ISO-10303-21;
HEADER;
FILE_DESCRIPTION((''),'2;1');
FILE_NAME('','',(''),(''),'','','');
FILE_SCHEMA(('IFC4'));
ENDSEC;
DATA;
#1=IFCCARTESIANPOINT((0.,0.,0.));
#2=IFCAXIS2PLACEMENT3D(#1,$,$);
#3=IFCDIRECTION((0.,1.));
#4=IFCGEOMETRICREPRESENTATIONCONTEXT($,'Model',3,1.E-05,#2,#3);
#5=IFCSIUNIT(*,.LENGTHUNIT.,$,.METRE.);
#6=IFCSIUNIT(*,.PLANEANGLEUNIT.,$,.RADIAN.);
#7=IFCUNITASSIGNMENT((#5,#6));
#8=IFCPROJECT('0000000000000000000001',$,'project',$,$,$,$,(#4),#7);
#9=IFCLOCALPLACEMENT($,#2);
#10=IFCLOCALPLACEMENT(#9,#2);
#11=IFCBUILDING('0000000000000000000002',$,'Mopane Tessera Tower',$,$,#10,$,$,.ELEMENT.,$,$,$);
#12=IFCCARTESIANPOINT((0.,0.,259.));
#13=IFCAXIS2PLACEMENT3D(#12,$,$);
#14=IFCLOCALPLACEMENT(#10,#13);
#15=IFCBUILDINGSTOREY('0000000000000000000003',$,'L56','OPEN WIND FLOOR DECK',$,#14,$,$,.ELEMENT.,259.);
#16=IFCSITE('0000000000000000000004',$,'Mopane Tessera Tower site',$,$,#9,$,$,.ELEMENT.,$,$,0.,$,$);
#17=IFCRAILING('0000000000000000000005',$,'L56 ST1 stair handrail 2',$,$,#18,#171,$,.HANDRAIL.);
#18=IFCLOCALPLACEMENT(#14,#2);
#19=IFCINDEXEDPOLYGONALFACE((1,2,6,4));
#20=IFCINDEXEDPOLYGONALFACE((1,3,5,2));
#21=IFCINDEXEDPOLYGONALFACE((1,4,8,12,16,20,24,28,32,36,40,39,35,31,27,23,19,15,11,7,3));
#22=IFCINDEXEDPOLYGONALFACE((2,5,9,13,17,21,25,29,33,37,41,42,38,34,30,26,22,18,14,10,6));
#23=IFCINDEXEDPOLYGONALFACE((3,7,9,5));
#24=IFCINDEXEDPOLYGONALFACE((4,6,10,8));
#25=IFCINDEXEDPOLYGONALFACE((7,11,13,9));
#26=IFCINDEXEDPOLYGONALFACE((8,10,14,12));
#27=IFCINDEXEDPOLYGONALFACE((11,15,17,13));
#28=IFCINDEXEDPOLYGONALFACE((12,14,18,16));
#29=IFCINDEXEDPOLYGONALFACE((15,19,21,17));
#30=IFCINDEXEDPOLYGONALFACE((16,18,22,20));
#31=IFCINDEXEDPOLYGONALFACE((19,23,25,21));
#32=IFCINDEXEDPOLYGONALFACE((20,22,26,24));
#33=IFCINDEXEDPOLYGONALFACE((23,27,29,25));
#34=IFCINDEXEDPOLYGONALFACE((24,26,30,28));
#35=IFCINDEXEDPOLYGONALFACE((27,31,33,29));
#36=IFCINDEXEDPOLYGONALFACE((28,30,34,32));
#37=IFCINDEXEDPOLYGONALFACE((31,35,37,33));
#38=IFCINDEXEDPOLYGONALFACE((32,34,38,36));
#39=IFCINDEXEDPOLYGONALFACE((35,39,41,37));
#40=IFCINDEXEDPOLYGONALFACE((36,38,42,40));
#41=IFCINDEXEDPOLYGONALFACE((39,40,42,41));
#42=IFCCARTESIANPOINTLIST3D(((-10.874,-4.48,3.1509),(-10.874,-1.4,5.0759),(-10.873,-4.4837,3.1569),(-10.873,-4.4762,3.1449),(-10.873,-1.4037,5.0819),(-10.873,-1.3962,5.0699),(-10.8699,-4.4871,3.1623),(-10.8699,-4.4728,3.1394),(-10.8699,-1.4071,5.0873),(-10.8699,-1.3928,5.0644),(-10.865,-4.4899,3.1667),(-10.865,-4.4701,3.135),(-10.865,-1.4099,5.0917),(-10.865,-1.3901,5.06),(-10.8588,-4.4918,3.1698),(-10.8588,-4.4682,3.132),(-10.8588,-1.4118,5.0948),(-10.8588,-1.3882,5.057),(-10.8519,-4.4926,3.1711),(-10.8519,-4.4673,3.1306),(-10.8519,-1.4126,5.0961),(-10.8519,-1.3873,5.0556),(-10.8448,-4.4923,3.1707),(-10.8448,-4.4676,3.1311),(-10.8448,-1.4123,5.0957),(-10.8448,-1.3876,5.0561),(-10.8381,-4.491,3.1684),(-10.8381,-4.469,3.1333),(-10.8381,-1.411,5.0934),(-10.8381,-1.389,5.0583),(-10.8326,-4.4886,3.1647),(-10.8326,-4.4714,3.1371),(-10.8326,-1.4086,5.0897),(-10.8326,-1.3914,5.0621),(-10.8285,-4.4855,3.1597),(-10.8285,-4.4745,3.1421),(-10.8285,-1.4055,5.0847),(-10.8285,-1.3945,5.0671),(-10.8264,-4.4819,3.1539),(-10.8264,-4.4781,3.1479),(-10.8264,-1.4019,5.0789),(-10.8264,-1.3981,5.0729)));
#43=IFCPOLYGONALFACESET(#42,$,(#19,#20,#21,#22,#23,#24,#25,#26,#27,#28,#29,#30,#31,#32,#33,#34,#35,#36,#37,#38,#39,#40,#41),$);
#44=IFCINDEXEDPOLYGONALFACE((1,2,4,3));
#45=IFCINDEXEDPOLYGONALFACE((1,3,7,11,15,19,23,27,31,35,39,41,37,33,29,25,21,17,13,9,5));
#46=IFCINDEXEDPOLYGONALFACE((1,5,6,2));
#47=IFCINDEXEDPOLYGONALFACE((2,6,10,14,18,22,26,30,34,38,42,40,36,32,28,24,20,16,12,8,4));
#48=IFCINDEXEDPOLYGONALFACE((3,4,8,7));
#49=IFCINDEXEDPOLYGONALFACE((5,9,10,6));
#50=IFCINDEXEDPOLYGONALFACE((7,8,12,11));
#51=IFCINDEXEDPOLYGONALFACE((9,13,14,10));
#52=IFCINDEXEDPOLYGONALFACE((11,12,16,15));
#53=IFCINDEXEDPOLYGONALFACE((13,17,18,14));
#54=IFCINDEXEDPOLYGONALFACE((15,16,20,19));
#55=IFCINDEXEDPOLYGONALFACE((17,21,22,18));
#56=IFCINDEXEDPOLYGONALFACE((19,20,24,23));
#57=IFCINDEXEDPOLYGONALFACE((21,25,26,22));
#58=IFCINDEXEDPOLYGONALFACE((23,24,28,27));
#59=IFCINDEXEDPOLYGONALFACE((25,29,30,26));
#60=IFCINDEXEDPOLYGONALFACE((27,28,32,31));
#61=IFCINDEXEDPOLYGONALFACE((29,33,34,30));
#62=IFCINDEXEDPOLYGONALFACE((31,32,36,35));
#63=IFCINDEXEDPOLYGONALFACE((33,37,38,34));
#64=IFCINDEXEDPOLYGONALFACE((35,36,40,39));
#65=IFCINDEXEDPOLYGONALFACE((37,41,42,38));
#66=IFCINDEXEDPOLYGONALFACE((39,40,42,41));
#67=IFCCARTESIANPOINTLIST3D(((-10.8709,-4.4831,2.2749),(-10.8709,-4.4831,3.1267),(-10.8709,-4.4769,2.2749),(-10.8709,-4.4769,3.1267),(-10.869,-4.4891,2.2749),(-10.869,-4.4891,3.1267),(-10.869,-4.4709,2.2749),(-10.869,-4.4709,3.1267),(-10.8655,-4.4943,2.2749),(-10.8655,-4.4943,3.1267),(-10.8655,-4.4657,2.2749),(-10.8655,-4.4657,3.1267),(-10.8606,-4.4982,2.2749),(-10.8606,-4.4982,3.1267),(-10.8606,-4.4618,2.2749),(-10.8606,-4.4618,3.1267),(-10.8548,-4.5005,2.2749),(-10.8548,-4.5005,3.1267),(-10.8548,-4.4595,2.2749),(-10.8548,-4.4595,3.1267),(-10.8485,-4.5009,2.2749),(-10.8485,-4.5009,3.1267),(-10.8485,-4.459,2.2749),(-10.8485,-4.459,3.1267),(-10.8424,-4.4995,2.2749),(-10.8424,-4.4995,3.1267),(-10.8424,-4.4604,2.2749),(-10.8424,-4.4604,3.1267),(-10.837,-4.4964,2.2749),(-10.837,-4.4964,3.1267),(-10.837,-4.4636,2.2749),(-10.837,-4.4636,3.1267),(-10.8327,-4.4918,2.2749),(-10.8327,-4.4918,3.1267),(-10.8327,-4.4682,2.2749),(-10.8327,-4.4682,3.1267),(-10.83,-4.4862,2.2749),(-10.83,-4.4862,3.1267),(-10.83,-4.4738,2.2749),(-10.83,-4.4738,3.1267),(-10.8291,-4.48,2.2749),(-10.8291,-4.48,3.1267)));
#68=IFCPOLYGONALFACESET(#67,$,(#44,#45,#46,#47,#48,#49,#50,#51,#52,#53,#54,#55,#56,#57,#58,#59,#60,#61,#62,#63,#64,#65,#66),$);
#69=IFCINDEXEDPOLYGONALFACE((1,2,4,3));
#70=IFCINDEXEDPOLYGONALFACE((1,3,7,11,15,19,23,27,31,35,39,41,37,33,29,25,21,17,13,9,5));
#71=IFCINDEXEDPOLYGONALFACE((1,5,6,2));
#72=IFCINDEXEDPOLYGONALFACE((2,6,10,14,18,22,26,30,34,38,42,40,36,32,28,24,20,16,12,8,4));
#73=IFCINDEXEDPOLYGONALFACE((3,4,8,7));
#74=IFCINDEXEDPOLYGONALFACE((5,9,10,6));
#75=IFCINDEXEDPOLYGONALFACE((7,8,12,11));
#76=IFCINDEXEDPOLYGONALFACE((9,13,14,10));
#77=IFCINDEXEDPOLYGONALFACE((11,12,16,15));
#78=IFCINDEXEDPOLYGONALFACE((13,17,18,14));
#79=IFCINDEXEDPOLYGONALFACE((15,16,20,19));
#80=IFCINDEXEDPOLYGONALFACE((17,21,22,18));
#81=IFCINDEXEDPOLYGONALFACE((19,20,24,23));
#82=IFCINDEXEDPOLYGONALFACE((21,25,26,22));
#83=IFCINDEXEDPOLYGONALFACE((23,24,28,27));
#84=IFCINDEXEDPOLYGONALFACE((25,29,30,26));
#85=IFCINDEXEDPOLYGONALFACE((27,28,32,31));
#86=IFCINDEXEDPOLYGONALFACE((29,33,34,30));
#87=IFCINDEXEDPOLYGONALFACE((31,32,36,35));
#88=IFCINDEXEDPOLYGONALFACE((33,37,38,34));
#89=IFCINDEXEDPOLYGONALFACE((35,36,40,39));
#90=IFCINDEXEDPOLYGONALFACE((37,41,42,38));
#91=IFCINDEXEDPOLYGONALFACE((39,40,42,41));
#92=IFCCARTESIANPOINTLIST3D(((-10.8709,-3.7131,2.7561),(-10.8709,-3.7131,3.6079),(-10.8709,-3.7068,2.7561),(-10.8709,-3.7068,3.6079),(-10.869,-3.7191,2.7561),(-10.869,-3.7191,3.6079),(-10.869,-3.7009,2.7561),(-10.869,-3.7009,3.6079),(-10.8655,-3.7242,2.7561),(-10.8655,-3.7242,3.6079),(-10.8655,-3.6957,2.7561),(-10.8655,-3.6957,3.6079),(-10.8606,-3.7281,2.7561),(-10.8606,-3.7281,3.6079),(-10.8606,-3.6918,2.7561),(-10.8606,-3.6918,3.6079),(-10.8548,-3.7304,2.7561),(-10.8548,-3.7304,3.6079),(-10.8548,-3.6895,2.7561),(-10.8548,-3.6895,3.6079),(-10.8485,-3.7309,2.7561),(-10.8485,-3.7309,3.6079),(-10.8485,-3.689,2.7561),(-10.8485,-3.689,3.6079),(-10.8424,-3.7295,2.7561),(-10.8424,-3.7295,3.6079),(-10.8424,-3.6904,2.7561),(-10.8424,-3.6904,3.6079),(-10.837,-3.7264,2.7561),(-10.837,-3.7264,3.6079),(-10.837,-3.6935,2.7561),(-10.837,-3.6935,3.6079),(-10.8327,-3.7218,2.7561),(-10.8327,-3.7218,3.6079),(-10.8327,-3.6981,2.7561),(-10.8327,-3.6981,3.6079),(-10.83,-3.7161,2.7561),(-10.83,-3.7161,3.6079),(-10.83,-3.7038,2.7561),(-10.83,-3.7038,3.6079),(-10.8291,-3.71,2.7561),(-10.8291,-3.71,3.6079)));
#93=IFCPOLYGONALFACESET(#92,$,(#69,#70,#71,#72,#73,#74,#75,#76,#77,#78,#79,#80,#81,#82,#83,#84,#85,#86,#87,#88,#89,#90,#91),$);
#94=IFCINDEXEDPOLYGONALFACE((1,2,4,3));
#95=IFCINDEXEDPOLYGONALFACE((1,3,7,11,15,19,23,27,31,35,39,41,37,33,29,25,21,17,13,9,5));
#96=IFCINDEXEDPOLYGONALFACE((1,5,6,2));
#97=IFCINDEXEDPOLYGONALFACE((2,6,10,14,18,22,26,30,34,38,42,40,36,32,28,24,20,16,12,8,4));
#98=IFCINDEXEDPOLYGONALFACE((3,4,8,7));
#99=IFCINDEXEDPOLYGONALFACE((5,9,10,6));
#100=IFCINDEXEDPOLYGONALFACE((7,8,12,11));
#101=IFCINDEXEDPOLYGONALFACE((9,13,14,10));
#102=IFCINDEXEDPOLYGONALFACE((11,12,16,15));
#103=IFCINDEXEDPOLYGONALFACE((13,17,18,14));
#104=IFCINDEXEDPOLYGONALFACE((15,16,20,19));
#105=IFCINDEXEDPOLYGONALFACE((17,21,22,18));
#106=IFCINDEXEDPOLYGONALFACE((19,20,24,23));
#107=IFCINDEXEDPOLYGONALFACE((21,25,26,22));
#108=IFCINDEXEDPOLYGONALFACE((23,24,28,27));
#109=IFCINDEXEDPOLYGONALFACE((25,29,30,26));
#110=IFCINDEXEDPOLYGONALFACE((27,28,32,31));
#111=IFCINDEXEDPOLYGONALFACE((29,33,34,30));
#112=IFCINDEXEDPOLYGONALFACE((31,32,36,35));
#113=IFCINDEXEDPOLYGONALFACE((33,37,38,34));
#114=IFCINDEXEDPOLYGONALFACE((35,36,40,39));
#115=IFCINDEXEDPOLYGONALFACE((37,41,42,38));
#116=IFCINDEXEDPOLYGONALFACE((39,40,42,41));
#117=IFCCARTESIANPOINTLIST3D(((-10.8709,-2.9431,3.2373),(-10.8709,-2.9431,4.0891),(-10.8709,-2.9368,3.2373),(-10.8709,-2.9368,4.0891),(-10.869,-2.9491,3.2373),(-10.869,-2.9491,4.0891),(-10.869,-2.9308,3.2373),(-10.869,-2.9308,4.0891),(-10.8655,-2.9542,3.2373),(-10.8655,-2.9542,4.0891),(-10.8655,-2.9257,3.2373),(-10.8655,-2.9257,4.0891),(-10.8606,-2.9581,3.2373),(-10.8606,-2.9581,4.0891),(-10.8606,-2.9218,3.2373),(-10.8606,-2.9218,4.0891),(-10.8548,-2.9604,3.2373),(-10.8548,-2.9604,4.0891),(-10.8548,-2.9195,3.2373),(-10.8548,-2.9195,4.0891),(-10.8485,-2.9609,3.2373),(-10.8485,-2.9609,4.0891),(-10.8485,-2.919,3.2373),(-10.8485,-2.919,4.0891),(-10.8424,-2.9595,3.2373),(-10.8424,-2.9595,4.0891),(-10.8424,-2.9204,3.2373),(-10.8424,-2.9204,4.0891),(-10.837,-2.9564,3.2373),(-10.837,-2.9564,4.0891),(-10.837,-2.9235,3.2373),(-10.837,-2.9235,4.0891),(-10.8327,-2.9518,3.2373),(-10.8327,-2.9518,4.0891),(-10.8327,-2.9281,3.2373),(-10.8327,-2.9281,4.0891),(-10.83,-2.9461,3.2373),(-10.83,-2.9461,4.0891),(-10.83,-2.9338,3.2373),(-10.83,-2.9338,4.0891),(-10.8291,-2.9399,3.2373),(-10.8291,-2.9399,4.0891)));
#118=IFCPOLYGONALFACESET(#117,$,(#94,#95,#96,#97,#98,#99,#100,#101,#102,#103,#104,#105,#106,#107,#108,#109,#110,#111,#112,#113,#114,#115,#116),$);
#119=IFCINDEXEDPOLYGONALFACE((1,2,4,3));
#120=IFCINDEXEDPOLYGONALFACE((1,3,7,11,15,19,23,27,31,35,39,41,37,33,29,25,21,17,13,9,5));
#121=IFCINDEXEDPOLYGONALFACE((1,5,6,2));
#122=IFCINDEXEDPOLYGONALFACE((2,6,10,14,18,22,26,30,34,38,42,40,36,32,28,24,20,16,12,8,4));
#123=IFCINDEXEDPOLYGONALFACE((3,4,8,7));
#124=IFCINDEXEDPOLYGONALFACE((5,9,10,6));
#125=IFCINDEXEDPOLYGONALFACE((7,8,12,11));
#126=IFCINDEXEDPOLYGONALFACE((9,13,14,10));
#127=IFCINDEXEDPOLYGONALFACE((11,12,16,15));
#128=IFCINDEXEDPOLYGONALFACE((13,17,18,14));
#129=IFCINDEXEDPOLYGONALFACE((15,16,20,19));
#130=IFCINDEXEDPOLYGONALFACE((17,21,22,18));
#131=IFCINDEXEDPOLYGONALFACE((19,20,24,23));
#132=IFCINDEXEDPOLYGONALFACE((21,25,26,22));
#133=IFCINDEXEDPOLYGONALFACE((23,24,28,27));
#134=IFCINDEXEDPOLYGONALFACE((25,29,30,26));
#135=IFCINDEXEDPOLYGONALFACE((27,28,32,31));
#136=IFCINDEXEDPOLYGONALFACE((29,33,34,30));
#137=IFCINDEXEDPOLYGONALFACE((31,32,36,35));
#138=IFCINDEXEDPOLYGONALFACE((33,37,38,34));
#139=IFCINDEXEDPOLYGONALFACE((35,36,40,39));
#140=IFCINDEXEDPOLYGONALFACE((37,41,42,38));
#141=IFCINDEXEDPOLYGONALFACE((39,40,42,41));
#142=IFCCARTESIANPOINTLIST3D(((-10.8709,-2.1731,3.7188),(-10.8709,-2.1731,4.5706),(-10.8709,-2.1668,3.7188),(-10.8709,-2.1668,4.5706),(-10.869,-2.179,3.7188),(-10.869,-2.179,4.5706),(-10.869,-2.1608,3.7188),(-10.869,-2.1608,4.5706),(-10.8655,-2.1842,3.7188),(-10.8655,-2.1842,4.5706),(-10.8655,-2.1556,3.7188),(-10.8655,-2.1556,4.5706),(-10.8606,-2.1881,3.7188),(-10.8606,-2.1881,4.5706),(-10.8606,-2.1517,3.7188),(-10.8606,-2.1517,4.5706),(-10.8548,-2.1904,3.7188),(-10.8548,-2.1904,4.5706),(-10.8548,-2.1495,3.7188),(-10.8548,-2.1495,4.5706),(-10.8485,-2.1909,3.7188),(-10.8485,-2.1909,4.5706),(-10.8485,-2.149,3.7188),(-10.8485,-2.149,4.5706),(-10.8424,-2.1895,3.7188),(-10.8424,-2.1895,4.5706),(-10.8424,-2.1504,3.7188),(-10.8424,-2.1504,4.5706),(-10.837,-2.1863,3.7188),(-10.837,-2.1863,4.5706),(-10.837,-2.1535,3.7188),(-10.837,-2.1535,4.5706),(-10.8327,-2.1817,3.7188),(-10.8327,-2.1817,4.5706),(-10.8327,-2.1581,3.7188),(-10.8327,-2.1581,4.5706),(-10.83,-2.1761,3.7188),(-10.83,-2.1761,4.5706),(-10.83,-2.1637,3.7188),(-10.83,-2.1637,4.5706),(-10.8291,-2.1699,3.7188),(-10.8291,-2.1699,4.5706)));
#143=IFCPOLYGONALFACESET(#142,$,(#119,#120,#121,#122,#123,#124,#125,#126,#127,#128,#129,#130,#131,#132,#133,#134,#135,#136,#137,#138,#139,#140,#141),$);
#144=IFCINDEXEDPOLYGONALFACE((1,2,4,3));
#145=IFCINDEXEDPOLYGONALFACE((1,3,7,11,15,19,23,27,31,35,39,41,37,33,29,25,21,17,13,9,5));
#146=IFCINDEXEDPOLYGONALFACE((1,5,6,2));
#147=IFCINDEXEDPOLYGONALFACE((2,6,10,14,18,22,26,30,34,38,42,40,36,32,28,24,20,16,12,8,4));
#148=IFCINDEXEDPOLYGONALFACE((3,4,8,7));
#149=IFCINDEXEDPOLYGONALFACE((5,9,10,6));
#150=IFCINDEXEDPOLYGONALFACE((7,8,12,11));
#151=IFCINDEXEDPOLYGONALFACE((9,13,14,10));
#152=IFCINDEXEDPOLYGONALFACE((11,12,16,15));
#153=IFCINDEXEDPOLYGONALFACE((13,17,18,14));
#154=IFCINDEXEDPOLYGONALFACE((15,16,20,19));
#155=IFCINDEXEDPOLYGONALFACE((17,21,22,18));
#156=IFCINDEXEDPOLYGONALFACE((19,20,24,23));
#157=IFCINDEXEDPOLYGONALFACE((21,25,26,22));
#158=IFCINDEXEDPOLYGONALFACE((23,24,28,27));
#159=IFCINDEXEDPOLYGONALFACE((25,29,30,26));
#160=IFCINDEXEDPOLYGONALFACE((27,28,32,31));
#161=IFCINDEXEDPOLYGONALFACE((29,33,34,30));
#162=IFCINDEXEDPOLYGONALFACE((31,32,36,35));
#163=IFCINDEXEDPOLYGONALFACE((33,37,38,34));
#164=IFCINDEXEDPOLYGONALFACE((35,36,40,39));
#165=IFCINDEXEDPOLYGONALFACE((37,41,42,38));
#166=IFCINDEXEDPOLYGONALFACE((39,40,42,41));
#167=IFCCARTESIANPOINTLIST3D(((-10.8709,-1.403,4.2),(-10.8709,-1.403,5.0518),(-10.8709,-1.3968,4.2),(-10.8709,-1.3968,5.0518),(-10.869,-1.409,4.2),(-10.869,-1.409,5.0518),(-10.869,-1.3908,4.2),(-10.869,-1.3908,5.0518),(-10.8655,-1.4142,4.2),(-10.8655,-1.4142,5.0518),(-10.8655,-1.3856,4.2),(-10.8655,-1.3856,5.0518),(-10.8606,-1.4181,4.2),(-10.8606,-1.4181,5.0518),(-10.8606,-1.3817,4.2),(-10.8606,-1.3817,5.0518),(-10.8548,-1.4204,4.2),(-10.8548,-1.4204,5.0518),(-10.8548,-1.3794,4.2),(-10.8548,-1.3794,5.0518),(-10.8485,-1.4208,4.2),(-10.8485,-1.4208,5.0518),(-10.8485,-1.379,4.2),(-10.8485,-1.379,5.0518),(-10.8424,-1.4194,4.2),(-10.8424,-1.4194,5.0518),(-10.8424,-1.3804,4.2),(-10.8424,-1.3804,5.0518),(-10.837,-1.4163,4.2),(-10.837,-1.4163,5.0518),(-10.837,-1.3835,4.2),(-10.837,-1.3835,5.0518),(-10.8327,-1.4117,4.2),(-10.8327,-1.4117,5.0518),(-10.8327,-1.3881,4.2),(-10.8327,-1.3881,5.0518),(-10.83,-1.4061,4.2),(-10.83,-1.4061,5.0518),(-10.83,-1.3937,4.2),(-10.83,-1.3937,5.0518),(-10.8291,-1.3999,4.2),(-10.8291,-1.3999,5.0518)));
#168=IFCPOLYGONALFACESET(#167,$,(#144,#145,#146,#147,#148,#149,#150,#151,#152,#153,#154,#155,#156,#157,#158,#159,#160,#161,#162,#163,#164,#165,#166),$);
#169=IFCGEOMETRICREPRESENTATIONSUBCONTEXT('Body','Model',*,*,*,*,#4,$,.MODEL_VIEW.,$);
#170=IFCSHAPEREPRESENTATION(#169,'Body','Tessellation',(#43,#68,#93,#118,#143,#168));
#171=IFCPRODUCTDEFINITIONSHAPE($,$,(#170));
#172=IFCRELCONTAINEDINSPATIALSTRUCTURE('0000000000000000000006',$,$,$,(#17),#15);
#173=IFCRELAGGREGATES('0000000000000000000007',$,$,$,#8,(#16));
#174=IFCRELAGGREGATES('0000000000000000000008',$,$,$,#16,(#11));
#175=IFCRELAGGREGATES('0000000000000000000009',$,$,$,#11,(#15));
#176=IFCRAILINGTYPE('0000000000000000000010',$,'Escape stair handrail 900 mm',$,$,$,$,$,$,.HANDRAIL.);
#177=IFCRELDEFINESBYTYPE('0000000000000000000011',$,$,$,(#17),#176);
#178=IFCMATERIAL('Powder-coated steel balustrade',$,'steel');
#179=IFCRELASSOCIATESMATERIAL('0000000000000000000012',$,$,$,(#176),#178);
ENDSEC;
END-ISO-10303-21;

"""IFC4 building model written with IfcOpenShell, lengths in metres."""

from ifc_helpers import new_model, si_unit, direction, frame, origin, origin_2d, place, context, subcontext, project, spatial, circle, extrude, material, type_object, element, save


model = new_model("IFC4")

# Units and contexts
model_context = context("Model", 3, precision=1e-05, world=origin(), true_north=direction((0.0, 1.0)))
body_context = subcontext(model_context, "Body", "Model", "MODEL_VIEW")
ifc_project = project(units=[si_unit("LENGTHUNIT", "METRE"), si_unit("PLANEANGLEUNIT", "RADIAN")], contexts=[model_context])

# Site, building, storey
site_placement = place(None, origin())
site = spatial("IfcSite", under=ifc_project, at=site_placement, Name="Mopane Tessera Tower site", CompositionType="ELEMENT", RefElevation=0.0)
building_placement = place(site_placement, origin())
building = spatial("IfcBuilding", under=site, at=building_placement, Name="Mopane Tessera Tower", CompositionType="ELEMENT")
storey_placement = place(building_placement, frame((0.0, 0.0, 259.0)))
storey = spatial("IfcBuildingStorey", under=building, at=storey_placement, Name="L56", Description="OPEN WIND FLOOR DECK", CompositionType="ELEMENT", Elevation=259.0)

# Railing
ifc_material_1 = material(Name="Powder-coated steel balustrade", Category="steel")
railing_type = type_object("IfcRailingType", Name="Escape stair handrail 900 mm", PredefinedType="HANDRAIL", material=ifc_material_1)
railing_1_placement = place(storey_placement, frame((-10.8501, -4.48, 2.2749)))
element("IfcRailing", 1, at=railing_1_placement, inside=storey, type_object=railing_type, Name="L56 ST1 stair handrail 2", PredefinedType="HANDRAIL", context=body_context, shape_type="SweptSolid", body=[
    extrude(circle(Radius=0.0239, at=origin_2d()), frame((0.0, 0.0, 0.876), z_axis=(0.0, 0.847998, 0.529999), x_axis=(-1.0, 0.0, 0.0)), (0.0, 0.0, 1.0), 3.6321),
    extrude(circle(Radius=0.021, at=origin_2d()), origin(), (0.0, 0.0, 1.0), 0.8518),
    extrude(circle(Radius=0.021, at=origin_2d()), frame((0.0, 0.77, 0.4812)), (0.0, 0.0, 1.0), 0.8518),
    extrude(circle(Radius=0.021, at=origin_2d()), frame((0.0, 1.54, 0.9624)), (0.0, 0.0, 1.0), 0.8518),
    extrude(circle(Radius=0.021, at=origin_2d()), frame((0.0, 2.3101, 1.4438)), (0.0, 0.0, 1.0), 0.8518),
    extrude(circle(Radius=0.021, at=origin_2d()), frame((0.0, 3.0801, 1.925)), (0.0, 0.0, 1.0), 0.8518),
])

save(model, "model.ifc")
